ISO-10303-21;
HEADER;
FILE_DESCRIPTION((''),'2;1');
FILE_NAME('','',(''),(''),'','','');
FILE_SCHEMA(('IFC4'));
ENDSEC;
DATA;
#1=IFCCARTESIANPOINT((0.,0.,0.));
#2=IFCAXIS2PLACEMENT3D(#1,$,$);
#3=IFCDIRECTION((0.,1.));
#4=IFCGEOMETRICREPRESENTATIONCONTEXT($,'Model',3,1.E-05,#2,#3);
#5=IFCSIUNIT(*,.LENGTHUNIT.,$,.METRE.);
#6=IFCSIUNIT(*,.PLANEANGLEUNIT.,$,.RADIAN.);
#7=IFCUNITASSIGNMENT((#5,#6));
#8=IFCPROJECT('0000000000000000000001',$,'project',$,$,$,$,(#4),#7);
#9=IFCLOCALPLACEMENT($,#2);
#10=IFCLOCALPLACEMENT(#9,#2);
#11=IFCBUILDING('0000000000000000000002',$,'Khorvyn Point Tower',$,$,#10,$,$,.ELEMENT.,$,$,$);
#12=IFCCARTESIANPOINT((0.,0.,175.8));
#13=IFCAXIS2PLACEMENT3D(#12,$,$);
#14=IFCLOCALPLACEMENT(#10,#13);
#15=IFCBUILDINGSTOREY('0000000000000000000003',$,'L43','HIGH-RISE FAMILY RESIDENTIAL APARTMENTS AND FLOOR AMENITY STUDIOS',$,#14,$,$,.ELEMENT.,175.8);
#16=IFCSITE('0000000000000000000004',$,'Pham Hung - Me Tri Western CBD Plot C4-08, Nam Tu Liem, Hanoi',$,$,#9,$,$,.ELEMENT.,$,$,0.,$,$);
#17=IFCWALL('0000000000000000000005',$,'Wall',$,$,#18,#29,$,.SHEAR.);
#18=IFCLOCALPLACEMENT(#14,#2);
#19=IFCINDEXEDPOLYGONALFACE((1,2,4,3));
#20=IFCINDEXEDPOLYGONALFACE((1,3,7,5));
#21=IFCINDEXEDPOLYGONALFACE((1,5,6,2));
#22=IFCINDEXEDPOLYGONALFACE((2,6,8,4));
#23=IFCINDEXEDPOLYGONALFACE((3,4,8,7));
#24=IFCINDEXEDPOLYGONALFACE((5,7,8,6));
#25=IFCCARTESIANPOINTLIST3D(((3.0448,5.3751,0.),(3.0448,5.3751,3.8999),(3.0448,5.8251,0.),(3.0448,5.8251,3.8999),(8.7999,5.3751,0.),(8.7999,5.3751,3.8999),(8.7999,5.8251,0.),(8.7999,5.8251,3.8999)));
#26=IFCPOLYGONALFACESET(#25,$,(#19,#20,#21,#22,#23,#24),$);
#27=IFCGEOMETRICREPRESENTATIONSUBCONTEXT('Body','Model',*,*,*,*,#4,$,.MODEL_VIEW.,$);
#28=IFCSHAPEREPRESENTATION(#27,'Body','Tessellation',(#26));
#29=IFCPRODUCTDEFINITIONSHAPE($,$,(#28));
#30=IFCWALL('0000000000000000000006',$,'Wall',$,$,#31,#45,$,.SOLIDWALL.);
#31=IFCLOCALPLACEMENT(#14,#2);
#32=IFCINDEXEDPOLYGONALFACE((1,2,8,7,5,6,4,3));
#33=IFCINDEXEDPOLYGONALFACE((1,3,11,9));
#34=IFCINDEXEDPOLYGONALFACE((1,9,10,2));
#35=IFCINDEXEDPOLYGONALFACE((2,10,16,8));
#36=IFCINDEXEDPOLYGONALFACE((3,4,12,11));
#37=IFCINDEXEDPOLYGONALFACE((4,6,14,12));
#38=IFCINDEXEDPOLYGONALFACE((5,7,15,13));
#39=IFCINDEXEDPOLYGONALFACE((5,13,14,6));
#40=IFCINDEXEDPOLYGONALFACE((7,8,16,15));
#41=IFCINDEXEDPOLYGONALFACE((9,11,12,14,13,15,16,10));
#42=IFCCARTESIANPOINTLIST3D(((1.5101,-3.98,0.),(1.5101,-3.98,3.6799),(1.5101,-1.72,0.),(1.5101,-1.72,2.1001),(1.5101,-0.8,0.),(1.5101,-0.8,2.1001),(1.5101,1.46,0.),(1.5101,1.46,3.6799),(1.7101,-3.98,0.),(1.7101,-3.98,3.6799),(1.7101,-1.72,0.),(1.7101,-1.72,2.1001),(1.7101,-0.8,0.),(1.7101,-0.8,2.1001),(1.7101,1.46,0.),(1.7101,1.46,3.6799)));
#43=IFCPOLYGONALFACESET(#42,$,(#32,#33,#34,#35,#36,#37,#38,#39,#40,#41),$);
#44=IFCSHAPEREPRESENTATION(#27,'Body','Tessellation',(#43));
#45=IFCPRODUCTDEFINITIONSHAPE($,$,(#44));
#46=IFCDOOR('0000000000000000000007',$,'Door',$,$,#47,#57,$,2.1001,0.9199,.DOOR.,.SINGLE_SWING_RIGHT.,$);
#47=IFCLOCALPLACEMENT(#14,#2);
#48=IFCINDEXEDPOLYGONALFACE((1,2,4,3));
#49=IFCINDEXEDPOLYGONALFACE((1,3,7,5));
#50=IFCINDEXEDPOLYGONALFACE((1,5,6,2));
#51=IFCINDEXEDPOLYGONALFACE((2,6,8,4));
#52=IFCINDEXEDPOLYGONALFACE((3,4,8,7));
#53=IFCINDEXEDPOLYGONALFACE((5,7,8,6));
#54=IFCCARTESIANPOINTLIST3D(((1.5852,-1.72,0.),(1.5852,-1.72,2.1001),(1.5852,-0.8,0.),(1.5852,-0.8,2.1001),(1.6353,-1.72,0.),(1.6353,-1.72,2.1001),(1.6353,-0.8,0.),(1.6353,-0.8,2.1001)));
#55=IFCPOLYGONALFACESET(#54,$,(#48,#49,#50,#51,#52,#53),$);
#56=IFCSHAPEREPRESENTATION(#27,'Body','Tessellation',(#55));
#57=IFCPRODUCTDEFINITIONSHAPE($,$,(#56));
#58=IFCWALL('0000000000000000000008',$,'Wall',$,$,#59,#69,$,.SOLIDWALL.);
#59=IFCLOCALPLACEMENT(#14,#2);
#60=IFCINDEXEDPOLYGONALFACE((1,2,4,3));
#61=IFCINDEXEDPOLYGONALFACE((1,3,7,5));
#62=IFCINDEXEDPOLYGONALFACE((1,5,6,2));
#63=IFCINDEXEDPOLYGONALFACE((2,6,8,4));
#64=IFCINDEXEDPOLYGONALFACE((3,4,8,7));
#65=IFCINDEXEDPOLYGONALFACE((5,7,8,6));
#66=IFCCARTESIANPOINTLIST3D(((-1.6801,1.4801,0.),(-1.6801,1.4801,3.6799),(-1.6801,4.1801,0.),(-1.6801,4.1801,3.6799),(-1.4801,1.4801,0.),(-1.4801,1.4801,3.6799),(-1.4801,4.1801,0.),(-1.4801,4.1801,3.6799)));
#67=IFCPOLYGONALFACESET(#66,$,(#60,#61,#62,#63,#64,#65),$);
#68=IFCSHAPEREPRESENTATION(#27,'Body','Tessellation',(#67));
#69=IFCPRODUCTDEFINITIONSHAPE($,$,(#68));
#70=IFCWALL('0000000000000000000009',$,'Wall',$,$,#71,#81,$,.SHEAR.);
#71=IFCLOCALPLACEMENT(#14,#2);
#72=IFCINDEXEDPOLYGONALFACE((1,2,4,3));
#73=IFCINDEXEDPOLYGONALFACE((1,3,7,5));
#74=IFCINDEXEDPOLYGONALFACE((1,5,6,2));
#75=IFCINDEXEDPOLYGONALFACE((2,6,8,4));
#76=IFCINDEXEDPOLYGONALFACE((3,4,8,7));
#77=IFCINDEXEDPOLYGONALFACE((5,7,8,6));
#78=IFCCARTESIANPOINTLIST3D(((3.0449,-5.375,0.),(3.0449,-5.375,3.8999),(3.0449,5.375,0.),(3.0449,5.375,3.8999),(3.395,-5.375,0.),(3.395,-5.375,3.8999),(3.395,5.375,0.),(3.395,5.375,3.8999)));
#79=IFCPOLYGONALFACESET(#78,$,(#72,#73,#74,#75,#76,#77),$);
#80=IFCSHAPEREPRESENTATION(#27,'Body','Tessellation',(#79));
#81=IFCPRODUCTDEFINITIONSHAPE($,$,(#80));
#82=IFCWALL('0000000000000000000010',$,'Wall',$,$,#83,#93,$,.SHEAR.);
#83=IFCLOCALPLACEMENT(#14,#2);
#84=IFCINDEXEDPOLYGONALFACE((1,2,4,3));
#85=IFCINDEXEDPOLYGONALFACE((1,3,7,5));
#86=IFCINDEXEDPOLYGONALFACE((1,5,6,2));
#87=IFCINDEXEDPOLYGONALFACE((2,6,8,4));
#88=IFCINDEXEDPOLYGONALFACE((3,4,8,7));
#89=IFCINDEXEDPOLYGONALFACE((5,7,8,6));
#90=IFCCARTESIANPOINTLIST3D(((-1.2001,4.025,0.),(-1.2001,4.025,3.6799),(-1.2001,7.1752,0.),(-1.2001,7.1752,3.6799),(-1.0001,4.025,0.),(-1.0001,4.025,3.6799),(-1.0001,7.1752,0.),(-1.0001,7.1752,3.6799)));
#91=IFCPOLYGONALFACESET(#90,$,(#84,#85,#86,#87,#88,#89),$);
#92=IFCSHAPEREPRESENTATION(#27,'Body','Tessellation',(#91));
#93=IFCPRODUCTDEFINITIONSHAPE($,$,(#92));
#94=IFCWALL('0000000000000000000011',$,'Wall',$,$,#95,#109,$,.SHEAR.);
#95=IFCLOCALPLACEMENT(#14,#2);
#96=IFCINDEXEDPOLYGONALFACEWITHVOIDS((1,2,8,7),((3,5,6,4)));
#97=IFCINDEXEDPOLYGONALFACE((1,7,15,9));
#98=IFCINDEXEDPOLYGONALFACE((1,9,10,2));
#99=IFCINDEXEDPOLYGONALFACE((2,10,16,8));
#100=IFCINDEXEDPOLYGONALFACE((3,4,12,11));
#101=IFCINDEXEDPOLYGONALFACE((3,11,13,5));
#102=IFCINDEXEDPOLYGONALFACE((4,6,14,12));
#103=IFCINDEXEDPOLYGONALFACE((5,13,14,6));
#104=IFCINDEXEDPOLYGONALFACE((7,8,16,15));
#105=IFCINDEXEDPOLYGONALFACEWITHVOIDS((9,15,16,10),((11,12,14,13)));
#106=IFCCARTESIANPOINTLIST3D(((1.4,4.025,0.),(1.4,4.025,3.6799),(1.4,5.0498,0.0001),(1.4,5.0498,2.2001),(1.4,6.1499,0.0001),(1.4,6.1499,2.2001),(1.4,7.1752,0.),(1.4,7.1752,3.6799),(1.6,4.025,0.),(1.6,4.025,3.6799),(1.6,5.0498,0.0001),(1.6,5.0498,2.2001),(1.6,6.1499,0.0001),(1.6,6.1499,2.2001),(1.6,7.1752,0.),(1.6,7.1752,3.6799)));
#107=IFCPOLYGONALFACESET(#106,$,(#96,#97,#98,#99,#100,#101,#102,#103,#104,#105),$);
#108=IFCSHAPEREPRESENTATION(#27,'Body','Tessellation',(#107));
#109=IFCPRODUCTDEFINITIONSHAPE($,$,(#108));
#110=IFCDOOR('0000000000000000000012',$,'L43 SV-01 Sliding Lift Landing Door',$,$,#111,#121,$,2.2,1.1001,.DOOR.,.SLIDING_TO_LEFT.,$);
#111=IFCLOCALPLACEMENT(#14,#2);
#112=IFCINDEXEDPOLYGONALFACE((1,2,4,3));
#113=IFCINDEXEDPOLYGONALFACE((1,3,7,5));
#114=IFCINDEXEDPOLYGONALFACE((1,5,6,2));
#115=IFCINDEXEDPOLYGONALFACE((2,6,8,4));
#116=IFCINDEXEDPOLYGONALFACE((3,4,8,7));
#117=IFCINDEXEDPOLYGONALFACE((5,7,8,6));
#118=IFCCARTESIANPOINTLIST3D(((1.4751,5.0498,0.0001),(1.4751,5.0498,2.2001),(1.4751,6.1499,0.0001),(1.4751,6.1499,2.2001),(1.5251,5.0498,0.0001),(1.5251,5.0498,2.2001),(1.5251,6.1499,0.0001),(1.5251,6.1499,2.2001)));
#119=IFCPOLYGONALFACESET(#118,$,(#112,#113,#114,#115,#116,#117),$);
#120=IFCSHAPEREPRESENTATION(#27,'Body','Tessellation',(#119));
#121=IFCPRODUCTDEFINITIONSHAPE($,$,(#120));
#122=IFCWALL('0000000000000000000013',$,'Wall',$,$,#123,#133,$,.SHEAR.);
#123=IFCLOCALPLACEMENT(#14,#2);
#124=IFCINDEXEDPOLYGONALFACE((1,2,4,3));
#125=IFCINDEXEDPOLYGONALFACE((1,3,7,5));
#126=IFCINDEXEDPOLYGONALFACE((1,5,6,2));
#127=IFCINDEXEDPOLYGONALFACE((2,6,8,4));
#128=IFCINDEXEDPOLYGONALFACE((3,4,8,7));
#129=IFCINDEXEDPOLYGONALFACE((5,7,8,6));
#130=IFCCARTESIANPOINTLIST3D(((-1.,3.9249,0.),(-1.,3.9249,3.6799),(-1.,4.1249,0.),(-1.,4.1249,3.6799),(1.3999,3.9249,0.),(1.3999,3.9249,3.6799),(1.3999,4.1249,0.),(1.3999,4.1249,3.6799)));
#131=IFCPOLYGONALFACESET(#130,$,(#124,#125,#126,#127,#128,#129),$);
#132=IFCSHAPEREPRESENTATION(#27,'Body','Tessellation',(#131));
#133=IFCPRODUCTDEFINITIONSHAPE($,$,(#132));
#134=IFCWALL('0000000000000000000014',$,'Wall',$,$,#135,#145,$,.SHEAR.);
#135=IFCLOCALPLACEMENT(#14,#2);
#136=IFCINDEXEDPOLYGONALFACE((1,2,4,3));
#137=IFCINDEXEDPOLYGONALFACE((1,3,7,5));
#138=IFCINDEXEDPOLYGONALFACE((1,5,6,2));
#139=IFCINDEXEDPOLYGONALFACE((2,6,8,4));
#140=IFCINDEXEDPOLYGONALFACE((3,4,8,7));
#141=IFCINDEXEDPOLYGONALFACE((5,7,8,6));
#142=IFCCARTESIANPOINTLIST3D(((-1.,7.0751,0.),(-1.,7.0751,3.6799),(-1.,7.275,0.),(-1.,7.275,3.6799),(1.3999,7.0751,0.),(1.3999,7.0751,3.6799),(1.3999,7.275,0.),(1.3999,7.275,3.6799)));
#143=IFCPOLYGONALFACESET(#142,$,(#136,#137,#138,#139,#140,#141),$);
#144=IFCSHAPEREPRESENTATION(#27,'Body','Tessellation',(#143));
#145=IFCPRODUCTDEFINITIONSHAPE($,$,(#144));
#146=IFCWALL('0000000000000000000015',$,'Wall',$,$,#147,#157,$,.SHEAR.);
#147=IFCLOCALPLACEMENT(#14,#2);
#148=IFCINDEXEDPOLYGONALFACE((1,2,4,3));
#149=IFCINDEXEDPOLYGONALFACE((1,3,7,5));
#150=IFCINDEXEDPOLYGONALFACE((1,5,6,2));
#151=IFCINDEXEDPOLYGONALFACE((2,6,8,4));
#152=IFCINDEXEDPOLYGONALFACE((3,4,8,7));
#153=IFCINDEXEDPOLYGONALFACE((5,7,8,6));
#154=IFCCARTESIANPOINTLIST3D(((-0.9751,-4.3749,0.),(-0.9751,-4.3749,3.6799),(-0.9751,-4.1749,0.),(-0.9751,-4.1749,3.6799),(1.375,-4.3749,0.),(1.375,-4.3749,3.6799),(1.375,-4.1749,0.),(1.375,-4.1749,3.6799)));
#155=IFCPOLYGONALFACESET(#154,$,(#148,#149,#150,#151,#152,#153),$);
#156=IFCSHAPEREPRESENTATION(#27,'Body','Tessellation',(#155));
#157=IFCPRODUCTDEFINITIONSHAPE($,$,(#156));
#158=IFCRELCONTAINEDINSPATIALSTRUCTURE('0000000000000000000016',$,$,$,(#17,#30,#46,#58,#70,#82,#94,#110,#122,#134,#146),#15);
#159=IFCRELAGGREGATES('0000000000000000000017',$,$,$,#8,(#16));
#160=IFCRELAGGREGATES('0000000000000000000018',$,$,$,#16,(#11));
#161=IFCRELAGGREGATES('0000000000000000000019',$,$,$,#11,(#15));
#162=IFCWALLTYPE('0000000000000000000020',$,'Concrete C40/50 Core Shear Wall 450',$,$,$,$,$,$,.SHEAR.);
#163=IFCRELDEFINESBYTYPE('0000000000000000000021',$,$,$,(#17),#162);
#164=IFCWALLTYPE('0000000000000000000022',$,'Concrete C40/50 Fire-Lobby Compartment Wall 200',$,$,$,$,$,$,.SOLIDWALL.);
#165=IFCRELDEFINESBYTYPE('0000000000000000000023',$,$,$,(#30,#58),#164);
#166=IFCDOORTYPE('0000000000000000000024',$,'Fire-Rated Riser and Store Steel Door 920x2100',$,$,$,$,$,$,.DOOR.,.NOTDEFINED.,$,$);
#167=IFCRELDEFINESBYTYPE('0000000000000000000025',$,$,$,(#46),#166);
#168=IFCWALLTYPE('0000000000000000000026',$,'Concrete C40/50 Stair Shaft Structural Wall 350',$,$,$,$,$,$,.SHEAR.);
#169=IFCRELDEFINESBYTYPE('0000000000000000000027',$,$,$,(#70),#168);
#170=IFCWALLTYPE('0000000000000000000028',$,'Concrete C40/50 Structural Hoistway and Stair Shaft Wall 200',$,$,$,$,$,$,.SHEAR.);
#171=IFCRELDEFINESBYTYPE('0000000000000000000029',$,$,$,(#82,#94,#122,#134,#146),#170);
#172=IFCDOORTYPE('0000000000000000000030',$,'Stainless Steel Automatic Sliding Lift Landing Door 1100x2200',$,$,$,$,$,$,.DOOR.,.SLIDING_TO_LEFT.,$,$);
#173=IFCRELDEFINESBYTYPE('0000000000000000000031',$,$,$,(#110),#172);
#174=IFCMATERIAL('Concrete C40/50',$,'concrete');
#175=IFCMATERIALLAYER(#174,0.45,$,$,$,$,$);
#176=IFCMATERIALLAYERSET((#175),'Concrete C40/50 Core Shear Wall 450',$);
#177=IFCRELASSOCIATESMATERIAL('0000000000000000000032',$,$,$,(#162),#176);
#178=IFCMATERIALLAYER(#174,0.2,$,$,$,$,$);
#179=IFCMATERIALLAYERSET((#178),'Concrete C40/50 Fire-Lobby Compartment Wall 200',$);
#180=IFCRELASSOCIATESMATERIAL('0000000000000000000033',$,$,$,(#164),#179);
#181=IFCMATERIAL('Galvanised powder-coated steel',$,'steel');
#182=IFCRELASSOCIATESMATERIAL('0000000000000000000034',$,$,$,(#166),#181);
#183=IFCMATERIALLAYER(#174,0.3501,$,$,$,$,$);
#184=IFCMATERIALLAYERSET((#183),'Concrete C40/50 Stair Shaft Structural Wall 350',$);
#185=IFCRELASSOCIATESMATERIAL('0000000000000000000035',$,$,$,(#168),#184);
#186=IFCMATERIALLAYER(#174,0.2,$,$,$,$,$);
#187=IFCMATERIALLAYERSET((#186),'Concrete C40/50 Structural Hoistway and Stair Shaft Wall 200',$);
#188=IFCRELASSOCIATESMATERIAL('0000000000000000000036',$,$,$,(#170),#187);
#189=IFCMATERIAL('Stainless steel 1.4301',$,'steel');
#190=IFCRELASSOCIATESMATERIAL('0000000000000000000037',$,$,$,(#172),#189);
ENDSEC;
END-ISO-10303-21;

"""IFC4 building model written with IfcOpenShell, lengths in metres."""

from ifc_helpers import new_model, si_unit, direction, frame, frame_2d, origin, place, context, subcontext, project, spatial, rectangle, extrude, material, layer, layer_set, type_object, element, fill, save


model = new_model("IFC4")

# Units and contexts
model_context = context("Model", 3, precision=1e-05, world=origin(), true_north=direction((0.0, 1.0)))
body_context = subcontext(model_context, "Body", "Model", "MODEL_VIEW")
ifc_project = project(units=[si_unit("LENGTHUNIT", "METRE"), si_unit("PLANEANGLEUNIT", "RADIAN")], contexts=[model_context])

# Site, building, storey
site_placement = place(None, origin())
site = spatial("IfcSite", under=ifc_project, at=site_placement, Name="Pham Hung - Me Tri Western CBD Plot C4-08, Nam Tu Liem, Hanoi", CompositionType="ELEMENT", RefElevation=0.0)
building_placement = place(site_placement, origin())
building = spatial("IfcBuilding", under=site, at=building_placement, Name="Khorvyn Point Tower", CompositionType="ELEMENT")
storey_placement = place(building_placement, frame((0.0, 0.0, 175.8)))
storey = spatial("IfcBuildingStorey", under=building, at=storey_placement, Name="L43", Description="HIGH-RISE FAMILY RESIDENTIAL APARTMENTS AND FLOOR AMENITY STUDIOS", CompositionType="ELEMENT", Elevation=175.8)

# Shared definitions
ifc_material_1 = material(Name="Concrete C40/50", Category="concrete")

# Wall
ifc_layer_1 = layer(ifc_material_1, 0.45)
ifc_layer_set_1 = layer_set([ifc_layer_1], Name="Concrete C40/50 Core Shear Wall 450")
wall_type_1 = type_object("IfcWallType", Name="Concrete C40/50 Core Shear Wall 450", PredefinedType="SHEAR", material=ifc_layer_set_1)
wall_1_placement = place(storey_placement, frame((3.0449, 5.6001, 0.0), z_axis=(0.0, 0.0, 1.0), x_axis=(1.0, 0.0, 0.0)))
element("IfcWall", 1, at=wall_1_placement, inside=storey, type_object=wall_type_1, Name="Wall", PredefinedType="SHEAR", context=body_context, shape_type="SweptSolid", body=[
    extrude(rectangle(XDim=5.7551, YDim=0.45, at=frame_2d((2.8774, 0.0))), origin(), (0.0, 0.0, 1.0), 3.8999),
])

# Wall, opening, door
ifc_layer_2 = layer(ifc_material_1, 0.2)
ifc_layer_set_2 = layer_set([ifc_layer_2], Name="Concrete C40/50 Fire-Lobby Compartment Wall 200")
wall_type_2 = type_object("IfcWallType", Name="Concrete C40/50 Fire-Lobby Compartment Wall 200", PredefinedType="SOLIDWALL", material=ifc_layer_set_2)
wall_2_placement = place(storey_placement, frame((1.6101, -3.98, 0.0), z_axis=(0.0, 0.0, 1.0), x_axis=(0.0, 1.0, 0.0)))
wall_2 = element("IfcWall", 2, at=wall_2_placement, inside=storey, type_object=wall_type_2, Name="Wall", PredefinedType="SOLIDWALL", context=body_context, shape_type="SweptSolid", body=[
    extrude(rectangle(XDim=5.4399, YDim=0.2, at=frame_2d((2.72, 0.0))), origin(), (0.0, 0.0, 1.0), 3.6799),
])
opening_1_placement = place(wall_2_placement, frame((2.26, 0.0, 0.0)))
opening_1 = element("IfcOpeningElement", 3, at=opening_1_placement, cuts=wall_2, PredefinedType="OPENING", context=body_context, shape_type="SweptSolid", body=[
    extrude(rectangle(XDim=0.9199, YDim=2.1001, at=frame_2d((0.46, 1.05))), frame((0.0, 0.1099, 0.0), z_axis=(0.0, -1.0, 0.0), x_axis=(1.0, 0.0, 0.0)), (0.0, 0.0, 1.0), 0.22),
])
ifc_material_2 = material(Name="Galvanised powder-coated steel", Category="steel")
door_type_1 = type_object("IfcDoorType", Name="Fire-Rated Riser and Store Steel Door 920x2100", OperationType="NOTDEFINED", PredefinedType="DOOR", material=ifc_material_2)
door_1_placement = place(opening_1_placement, origin())
door_1 = element("IfcDoor", 4, at=door_1_placement, inside=storey, type_object=door_type_1, Name="Door", OperationType="SINGLE_SWING_RIGHT", OverallHeight=2.1001, OverallWidth=0.9199, PredefinedType="DOOR", context=body_context, shape_type="SweptSolid", body=[
    extrude(rectangle(XDim=0.9199, YDim=2.1001, at=frame_2d((0.46, 1.05))), frame((0.0, 0.0249, 0.0), z_axis=(0.0, -1.0, 0.0), x_axis=(1.0, 0.0, 0.0)), (0.0, 0.0, 1.0), 0.05),
])
fill(opening_1, door_1)

# Walls
wall_3_placement = place(storey_placement, frame((-1.5801, 1.48, 0.0), z_axis=(0.0, 0.0, 1.0), x_axis=(0.0, 1.0, 0.0)))
element("IfcWall", 5, at=wall_3_placement, inside=storey, type_object=wall_type_2, Name="Wall", PredefinedType="SOLIDWALL", context=body_context, shape_type="SweptSolid", body=[
    extrude(rectangle(XDim=2.7, YDim=0.2, at=frame_2d((1.3501, 0.0))), origin(), (0.0, 0.0, 1.0), 3.6799),
])
ifc_layer_3 = layer(ifc_material_1, 0.3501)
ifc_layer_set_3 = layer_set([ifc_layer_3], Name="Concrete C40/50 Stair Shaft Structural Wall 350")
wall_type_3 = type_object("IfcWallType", Name="Concrete C40/50 Stair Shaft Structural Wall 350", PredefinedType="SHEAR", material=ifc_layer_set_3)
wall_4_placement = place(storey_placement, frame((3.22, -5.375, 0.0), z_axis=(0.0, 0.0, 1.0), x_axis=(0.0, 1.0, 0.0)))
element("IfcWall", 6, at=wall_4_placement, inside=storey, type_object=wall_type_3, Name="Wall", PredefinedType="SHEAR", context=body_context, shape_type="SweptSolid", body=[
    extrude(rectangle(XDim=10.75, YDim=0.3501, at=frame_2d((5.375, 0.0))), origin(), (0.0, 0.0, 1.0), 3.8999),
])
ifc_layer_4 = layer(ifc_material_1, 0.2)
ifc_layer_set_4 = layer_set([ifc_layer_4], Name="Concrete C40/50 Structural Hoistway and Stair Shaft Wall 200")
wall_type_4 = type_object("IfcWallType", Name="Concrete C40/50 Structural Hoistway and Stair Shaft Wall 200", PredefinedType="SHEAR", material=ifc_layer_set_4)
wall_5_placement = place(storey_placement, frame((-1.1001, 4.0249, 0.0), z_axis=(0.0, 0.0, 1.0), x_axis=(0.0, 1.0, 0.0)))
element("IfcWall", 7, at=wall_5_placement, inside=storey, type_object=wall_type_4, Name="Wall", PredefinedType="SHEAR", context=body_context, shape_type="SweptSolid", body=[
    extrude(rectangle(XDim=3.1501, YDim=0.2, at=frame_2d((1.5752, 0.0))), origin(), (0.0, 0.0, 1.0), 3.6799),
])

# Wall, opening, door
wall_6_placement = place(storey_placement, frame((1.5, 4.0249, 0.0), z_axis=(0.0, 0.0, 1.0), x_axis=(0.0, 1.0, 0.0)))
wall_6 = element("IfcWall", 8, at=wall_6_placement, inside=storey, type_object=wall_type_4, Name="Wall", PredefinedType="SHEAR", context=body_context, shape_type="SweptSolid", body=[
    extrude(rectangle(XDim=3.1501, YDim=0.2, at=frame_2d((1.5752, 0.0))), origin(), (0.0, 0.0, 1.0), 3.6799),
])
opening_2_placement = place(wall_6_placement, frame((1.0249, 0.0, 0.0)))
opening_2 = element("IfcOpeningElement", 9, at=opening_2_placement, cuts=wall_6, PredefinedType="OPENING", context=body_context, shape_type="SweptSolid", body=[
    extrude(rectangle(XDim=1.1001, YDim=2.2, at=frame_2d((0.55, 1.1001))), frame((0.0, 0.1099, 0.0), z_axis=(0.0, -1.0, 0.0), x_axis=(1.0, 0.0, 0.0)), (0.0, 0.0, 1.0), 0.22),
])
ifc_material_3 = material(Name="Stainless steel 1.4301", Category="steel")
door_type_2 = type_object("IfcDoorType", Name="Stainless Steel Automatic Sliding Lift Landing Door 1100x2200", OperationType="SLIDING_TO_LEFT", PredefinedType="DOOR", material=ifc_material_3)
door_2_placement = place(opening_2_placement, origin())
door_2 = element("IfcDoor", 10, at=door_2_placement, inside=storey, type_object=door_type_2, Name="L43 SV-01 Sliding Lift Landing Door", OperationType="SLIDING_TO_LEFT", OverallHeight=2.2, OverallWidth=1.1001, PredefinedType="DOOR", context=body_context, shape_type="SweptSolid", body=[
    extrude(rectangle(XDim=1.1001, YDim=2.2, at=frame_2d((0.55, 1.1001))), frame((0.0, 0.0249, 0.0), z_axis=(0.0, -1.0, 0.0), x_axis=(1.0, 0.0, 0.0)), (0.0, 0.0, 1.0), 0.05),
])
fill(opening_2, door_2)

# Walls
for number, where, z_axis, x_axis, name in (
    (11, (-1.0, 4.0249, 0.0), (0.0, 0.0, 1.0), (1.0, 0.0, 0.0), "Wall"),
    (12, (-1.0, 7.175, 0.0), (0.0, 0.0, 1.0), (1.0, 0.0, 0.0), "Wall"),
):
    element("IfcWall", number, at=place(storey_placement, frame(where, z_axis=z_axis, x_axis=x_axis)), inside=storey, type_object=wall_type_4, Name=name, PredefinedType="SHEAR", context=body_context, shape_type="SweptSolid", body=[
        extrude(rectangle(XDim=2.3999, YDim=0.2, at=frame_2d((1.2, 0.0))), origin(), (0.0, 0.0, 1.0), 3.6799),
    ])
wall_7_placement = place(storey_placement, frame((-0.9751, -4.2749, 0.0), z_axis=(0.0, 0.0, 1.0), x_axis=(1.0, 0.0, 0.0)))
element("IfcWall", 13, at=wall_7_placement, inside=storey, type_object=wall_type_4, Name="Wall", PredefinedType="SHEAR", context=body_context, shape_type="SweptSolid", body=[
    extrude(rectangle(XDim=2.3501, YDim=0.2, at=frame_2d((1.175, 0.0))), origin(), (0.0, 0.0, 1.0), 3.6799),
])

save(model, "model.ifc")
